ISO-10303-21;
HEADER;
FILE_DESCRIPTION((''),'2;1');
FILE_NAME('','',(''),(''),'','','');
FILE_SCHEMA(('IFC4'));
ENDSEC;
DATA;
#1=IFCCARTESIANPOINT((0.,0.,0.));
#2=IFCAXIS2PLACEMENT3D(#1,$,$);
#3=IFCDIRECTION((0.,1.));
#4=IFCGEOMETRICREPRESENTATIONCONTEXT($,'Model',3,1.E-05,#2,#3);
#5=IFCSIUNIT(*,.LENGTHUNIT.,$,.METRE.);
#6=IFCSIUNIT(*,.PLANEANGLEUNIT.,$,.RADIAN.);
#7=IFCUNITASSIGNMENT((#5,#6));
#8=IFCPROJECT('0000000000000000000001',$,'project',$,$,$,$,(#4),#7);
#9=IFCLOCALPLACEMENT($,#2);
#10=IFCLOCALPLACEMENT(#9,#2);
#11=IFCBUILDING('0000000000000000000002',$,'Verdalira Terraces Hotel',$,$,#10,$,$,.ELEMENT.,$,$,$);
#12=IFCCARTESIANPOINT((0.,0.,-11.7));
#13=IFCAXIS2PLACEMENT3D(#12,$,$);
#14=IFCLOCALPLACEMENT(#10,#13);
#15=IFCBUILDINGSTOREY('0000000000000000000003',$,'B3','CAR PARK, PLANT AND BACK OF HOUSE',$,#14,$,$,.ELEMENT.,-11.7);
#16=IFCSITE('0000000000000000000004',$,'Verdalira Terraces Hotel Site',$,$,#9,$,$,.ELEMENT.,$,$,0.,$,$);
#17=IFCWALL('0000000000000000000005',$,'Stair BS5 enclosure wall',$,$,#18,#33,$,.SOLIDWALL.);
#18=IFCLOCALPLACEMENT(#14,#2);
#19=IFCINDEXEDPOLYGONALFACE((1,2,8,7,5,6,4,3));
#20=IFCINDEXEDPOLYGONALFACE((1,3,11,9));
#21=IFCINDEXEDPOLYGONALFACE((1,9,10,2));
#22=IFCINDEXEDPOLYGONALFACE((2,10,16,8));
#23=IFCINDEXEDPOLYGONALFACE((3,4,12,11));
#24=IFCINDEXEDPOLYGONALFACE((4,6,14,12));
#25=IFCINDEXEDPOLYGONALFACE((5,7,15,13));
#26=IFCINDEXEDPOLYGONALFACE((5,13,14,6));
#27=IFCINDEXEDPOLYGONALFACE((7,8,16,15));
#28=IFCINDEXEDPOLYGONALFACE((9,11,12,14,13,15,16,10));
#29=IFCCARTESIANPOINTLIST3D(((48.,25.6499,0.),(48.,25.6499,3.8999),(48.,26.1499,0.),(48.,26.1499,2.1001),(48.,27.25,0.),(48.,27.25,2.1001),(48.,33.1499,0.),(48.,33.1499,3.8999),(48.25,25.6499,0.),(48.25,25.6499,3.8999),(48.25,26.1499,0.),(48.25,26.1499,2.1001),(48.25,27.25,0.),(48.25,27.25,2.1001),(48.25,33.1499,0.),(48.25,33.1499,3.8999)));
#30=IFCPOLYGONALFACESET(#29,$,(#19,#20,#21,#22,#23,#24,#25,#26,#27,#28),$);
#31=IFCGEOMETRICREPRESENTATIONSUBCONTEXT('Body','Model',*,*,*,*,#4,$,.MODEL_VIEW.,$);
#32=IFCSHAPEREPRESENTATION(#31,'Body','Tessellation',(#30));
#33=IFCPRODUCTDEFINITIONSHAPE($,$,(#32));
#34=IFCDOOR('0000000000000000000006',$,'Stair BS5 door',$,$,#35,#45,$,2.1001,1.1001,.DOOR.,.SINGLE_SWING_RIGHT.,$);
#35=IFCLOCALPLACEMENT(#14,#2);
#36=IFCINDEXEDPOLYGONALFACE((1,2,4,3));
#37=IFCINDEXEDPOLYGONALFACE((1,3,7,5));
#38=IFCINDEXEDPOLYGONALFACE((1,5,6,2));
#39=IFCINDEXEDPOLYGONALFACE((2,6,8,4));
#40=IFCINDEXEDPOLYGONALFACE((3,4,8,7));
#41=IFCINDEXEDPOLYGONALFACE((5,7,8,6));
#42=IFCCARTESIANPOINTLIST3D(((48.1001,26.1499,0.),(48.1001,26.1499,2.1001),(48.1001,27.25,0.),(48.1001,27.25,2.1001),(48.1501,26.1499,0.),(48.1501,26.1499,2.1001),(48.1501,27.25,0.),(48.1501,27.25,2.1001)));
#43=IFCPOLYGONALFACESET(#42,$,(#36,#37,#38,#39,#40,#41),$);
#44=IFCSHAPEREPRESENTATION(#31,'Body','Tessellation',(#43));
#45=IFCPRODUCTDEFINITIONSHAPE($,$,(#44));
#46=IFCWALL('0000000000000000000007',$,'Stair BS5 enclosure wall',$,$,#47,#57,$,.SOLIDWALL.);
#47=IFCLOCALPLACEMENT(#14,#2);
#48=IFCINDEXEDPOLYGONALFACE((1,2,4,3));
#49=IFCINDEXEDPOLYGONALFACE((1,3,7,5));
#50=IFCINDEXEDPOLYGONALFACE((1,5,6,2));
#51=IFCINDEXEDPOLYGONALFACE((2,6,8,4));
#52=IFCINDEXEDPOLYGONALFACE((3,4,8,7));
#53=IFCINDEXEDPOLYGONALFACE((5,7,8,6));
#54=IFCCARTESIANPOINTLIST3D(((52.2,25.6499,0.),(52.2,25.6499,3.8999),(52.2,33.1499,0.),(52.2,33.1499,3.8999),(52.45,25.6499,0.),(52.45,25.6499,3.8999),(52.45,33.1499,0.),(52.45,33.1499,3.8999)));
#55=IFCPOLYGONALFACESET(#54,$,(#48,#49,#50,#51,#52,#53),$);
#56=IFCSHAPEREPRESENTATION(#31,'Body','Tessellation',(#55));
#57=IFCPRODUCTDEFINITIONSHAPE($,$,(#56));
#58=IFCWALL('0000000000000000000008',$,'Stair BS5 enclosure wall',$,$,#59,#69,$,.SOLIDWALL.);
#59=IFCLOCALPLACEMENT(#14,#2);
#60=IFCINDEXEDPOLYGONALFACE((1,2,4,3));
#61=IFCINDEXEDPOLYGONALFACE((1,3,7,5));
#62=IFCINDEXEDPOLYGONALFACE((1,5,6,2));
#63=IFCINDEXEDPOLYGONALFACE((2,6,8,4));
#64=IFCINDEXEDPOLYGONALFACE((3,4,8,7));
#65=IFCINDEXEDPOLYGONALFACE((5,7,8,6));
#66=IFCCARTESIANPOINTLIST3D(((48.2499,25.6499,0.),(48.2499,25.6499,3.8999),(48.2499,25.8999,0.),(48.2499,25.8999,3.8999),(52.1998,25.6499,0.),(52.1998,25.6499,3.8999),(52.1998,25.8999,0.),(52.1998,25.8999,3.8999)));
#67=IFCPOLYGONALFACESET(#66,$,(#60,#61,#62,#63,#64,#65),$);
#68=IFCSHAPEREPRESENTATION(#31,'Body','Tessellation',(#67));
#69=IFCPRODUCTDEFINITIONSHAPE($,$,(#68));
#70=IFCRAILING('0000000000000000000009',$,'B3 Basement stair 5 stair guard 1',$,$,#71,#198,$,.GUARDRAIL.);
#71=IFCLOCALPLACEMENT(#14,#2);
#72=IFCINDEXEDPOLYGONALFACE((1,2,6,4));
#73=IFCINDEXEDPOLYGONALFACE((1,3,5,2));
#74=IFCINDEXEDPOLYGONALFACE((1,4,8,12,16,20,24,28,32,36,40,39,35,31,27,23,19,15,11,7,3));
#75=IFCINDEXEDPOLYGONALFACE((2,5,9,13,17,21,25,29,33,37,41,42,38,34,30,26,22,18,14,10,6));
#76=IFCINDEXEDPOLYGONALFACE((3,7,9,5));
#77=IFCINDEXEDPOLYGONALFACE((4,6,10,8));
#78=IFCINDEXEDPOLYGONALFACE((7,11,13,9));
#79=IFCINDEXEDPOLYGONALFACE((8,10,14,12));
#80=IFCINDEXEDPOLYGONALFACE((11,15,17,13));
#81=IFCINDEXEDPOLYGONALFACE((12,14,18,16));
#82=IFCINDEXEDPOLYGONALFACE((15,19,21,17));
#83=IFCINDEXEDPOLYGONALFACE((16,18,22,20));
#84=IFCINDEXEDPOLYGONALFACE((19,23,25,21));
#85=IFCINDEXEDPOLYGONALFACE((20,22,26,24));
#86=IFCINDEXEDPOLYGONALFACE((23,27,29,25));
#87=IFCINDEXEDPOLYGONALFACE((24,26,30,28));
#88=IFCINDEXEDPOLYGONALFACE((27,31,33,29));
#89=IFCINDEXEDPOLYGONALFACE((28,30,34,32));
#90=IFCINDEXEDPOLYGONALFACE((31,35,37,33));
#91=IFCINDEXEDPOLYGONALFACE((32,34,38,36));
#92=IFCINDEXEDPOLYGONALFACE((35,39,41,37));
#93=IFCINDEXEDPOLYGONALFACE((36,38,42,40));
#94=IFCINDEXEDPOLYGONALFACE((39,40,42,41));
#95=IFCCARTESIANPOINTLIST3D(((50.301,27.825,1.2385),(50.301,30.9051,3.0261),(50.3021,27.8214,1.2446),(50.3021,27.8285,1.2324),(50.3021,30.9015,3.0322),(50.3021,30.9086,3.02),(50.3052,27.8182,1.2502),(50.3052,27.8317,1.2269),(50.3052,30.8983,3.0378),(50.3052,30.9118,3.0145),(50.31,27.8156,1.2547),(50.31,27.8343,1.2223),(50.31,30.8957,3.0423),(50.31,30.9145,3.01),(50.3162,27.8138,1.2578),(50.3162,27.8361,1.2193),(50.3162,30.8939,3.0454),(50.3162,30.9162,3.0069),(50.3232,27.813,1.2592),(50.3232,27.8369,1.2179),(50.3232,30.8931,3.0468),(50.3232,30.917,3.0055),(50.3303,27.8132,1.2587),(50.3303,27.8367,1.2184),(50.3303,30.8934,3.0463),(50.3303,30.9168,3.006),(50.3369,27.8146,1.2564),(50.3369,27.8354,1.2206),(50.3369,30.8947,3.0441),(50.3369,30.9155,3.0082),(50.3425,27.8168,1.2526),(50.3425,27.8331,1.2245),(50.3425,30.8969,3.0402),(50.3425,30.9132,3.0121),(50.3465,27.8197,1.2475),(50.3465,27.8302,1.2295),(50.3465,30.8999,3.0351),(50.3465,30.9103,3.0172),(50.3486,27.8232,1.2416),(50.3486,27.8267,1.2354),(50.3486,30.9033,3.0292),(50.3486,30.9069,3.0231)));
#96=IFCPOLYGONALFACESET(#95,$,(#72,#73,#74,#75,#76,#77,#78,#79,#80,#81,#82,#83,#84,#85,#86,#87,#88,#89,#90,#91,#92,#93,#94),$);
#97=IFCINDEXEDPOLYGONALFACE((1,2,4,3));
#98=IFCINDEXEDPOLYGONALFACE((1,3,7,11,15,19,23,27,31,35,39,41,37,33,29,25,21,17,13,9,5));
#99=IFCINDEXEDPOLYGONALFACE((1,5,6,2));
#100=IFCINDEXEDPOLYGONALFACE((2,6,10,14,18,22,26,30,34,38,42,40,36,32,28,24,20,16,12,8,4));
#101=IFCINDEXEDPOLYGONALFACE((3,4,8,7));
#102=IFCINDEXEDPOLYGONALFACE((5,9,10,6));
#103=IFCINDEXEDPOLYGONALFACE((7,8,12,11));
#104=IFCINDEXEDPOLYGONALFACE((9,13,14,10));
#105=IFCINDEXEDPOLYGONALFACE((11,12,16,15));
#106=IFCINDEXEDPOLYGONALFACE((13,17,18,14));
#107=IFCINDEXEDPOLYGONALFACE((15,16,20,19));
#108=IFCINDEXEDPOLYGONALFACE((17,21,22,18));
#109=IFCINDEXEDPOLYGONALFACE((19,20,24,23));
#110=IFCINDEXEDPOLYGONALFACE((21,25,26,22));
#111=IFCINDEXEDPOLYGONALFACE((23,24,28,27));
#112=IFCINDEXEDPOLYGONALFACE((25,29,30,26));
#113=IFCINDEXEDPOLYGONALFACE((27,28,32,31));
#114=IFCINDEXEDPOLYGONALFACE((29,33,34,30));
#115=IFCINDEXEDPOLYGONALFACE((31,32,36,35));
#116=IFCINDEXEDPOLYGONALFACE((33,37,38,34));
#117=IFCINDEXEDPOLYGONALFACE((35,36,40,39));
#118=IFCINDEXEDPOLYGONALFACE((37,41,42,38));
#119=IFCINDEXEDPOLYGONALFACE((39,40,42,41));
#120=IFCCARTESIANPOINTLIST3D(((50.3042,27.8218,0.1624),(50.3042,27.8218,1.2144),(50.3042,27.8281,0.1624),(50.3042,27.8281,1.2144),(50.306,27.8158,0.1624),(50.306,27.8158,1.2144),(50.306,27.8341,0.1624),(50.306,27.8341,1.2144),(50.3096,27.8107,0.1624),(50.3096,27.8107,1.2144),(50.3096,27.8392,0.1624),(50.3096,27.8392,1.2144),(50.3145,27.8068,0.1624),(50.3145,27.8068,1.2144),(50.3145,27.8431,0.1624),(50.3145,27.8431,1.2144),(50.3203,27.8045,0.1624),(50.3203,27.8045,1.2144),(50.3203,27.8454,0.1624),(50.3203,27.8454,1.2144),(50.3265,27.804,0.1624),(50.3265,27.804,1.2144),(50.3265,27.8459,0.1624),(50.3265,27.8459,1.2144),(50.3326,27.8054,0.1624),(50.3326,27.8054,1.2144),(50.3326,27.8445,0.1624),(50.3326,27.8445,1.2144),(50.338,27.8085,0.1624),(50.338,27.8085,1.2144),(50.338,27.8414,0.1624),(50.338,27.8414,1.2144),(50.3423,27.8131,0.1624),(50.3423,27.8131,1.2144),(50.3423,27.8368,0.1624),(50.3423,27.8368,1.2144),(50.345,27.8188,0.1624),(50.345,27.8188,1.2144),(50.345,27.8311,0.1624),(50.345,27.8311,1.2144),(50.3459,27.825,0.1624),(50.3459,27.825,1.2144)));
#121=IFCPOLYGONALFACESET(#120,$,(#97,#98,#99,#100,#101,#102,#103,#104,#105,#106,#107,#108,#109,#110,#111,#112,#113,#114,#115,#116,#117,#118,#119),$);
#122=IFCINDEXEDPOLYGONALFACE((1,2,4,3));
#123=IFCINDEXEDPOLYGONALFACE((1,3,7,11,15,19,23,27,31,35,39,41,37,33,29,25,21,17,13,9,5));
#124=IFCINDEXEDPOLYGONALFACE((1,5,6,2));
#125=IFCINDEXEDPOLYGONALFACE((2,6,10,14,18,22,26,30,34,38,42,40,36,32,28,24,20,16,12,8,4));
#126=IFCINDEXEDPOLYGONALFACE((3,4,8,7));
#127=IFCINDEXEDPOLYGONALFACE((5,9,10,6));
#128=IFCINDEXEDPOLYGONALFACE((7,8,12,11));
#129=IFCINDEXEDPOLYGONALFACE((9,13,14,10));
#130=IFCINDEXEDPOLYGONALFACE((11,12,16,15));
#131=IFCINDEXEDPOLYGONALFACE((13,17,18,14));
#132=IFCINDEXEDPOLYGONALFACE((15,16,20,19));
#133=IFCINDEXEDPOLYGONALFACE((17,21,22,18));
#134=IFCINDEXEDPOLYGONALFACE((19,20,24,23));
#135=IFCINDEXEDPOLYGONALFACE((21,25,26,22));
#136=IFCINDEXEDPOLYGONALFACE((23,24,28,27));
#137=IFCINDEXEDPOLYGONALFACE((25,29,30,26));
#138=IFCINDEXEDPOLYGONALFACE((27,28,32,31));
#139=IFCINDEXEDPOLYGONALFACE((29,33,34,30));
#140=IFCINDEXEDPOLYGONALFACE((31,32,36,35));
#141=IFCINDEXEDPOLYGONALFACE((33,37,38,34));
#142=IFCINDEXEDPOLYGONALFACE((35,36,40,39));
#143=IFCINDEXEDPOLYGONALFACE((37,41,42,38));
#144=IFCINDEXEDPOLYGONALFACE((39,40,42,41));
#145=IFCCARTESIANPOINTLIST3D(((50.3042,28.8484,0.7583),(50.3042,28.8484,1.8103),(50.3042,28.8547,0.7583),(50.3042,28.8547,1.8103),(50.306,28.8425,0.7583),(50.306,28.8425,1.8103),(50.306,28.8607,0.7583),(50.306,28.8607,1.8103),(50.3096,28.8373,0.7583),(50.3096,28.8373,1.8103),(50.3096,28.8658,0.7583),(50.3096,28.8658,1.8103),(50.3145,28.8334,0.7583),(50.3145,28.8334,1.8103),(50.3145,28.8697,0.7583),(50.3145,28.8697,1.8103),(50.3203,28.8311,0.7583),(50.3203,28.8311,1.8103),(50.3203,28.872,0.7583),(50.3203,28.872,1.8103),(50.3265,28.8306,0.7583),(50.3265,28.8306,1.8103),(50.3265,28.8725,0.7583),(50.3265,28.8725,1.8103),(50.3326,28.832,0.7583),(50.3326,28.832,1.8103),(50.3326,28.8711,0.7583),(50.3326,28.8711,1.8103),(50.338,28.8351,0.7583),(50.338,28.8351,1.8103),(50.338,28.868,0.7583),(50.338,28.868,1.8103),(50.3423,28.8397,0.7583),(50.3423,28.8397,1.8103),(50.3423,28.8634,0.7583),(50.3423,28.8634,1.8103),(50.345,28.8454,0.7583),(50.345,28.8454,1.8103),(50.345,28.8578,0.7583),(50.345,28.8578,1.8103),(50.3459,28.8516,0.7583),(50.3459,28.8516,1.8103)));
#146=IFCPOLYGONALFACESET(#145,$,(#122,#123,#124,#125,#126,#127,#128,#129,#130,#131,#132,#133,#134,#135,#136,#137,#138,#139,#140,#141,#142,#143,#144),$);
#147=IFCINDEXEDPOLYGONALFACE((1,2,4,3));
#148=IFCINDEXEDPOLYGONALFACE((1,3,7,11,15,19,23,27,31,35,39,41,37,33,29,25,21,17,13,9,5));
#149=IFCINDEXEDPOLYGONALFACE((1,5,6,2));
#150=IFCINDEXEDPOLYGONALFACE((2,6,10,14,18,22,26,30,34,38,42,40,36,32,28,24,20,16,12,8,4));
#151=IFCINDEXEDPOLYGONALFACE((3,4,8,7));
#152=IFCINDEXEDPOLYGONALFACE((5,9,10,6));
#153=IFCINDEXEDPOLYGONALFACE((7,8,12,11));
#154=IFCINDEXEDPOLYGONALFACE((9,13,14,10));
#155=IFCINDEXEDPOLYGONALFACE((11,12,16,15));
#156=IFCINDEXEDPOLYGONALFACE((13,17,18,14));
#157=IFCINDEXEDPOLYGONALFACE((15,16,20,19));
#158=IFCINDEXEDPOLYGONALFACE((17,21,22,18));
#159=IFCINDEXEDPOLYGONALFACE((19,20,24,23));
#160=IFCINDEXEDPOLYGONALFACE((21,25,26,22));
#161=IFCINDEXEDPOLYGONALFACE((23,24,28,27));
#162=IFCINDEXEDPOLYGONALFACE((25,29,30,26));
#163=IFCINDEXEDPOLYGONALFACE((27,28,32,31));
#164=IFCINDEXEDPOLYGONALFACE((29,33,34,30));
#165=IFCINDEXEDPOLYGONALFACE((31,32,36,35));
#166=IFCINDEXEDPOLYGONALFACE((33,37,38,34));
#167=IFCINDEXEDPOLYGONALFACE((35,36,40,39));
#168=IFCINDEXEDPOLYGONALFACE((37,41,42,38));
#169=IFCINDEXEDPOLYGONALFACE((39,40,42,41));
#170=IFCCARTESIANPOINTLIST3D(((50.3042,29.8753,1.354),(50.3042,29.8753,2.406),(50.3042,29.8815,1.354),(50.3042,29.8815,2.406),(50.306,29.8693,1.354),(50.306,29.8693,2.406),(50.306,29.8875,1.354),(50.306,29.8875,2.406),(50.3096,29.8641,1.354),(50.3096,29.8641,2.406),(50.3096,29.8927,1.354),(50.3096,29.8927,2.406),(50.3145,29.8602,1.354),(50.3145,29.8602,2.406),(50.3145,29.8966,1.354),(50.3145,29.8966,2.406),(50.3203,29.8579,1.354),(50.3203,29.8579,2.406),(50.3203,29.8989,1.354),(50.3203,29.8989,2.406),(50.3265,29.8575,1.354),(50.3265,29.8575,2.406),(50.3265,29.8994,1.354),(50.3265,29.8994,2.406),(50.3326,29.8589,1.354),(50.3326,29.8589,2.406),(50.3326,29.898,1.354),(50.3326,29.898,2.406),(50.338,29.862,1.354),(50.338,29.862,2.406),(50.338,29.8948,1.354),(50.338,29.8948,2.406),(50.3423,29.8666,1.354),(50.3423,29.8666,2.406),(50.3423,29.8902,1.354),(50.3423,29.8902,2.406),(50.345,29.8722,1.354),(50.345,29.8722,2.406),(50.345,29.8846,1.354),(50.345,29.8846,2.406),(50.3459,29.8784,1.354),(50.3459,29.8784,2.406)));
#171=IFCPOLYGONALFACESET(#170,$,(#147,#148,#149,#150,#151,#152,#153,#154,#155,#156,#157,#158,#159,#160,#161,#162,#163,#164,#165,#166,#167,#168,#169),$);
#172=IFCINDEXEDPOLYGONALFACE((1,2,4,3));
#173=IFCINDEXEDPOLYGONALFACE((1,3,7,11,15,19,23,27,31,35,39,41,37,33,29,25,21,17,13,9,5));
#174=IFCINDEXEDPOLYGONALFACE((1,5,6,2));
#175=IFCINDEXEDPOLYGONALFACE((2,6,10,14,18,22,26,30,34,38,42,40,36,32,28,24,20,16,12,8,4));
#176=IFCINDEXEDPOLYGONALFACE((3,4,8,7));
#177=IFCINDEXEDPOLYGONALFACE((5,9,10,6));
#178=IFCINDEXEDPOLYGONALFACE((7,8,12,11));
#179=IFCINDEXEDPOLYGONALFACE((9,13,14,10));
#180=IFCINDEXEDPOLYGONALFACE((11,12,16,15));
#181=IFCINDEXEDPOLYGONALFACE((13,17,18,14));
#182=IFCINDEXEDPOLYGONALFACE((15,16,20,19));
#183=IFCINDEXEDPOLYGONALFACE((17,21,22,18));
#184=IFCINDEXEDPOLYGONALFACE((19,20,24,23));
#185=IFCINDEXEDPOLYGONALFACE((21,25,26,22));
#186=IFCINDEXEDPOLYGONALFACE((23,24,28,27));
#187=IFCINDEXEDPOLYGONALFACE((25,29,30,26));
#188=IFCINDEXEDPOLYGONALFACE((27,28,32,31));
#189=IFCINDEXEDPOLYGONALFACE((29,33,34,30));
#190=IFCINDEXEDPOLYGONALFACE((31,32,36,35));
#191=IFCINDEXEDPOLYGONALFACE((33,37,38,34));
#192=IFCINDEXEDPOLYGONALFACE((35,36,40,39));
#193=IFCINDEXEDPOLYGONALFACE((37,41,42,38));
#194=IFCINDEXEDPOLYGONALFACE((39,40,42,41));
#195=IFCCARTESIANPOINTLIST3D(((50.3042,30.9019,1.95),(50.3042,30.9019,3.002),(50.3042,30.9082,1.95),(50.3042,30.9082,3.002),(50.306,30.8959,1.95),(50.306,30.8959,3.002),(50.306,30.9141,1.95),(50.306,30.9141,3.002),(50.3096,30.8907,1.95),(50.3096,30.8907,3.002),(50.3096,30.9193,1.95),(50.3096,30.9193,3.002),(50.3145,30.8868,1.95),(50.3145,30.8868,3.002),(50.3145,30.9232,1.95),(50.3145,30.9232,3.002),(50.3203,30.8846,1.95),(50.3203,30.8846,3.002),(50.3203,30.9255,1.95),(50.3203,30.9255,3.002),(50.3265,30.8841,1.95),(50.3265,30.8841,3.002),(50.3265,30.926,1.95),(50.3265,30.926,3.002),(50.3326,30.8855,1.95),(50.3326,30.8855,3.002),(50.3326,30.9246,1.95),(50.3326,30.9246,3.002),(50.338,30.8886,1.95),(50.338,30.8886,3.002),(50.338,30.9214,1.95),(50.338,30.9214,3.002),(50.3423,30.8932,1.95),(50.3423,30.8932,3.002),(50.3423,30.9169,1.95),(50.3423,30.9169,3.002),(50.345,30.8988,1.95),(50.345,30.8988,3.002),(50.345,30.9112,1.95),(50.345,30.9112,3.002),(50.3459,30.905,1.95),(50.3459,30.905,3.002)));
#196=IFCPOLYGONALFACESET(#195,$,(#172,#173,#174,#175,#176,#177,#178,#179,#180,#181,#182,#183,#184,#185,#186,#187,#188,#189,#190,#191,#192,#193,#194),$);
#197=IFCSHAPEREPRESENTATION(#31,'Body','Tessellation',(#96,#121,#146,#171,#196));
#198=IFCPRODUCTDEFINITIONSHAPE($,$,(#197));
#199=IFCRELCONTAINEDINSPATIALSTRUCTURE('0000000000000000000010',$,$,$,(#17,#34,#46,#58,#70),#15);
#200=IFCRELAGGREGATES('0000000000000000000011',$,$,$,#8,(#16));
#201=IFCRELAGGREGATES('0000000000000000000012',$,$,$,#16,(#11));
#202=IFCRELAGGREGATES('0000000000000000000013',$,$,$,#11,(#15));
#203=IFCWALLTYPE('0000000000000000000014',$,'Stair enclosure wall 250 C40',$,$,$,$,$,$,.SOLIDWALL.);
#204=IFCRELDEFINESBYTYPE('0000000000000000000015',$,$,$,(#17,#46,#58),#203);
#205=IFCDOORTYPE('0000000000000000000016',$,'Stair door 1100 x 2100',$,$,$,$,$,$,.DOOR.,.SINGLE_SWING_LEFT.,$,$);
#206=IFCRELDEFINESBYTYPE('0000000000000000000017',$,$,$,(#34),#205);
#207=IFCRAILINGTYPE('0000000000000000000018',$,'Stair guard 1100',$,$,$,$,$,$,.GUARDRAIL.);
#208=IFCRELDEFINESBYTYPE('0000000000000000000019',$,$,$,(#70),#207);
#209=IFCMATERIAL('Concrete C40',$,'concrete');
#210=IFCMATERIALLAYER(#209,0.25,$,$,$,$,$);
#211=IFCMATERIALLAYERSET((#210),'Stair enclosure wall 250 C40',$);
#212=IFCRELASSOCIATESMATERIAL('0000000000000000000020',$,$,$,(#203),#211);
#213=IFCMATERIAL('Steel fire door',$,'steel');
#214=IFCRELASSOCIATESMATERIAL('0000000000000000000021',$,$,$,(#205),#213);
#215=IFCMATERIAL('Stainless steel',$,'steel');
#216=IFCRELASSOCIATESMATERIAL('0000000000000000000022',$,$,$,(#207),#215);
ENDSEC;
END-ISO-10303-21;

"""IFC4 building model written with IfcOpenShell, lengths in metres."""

from ifc_helpers import new_model, si_unit, direction, frame, frame_2d, origin, origin_2d, place, context, subcontext, project, spatial, rectangle, circle, extrude, material, layer, layer_set, type_object, element, fill, save


model = new_model("IFC4")

# Units and contexts
model_context = context("Model", 3, precision=1e-05, world=origin(), true_north=direction((0.0, 1.0)))
body_context = subcontext(model_context, "Body", "Model", "MODEL_VIEW")
ifc_project = project(units=[si_unit("LENGTHUNIT", "METRE"), si_unit("PLANEANGLEUNIT", "RADIAN")], contexts=[model_context])

# Site, building, storey
site_placement = place(None, origin())
site = spatial("IfcSite", under=ifc_project, at=site_placement, Name="Verdalira Terraces Hotel Site", CompositionType="ELEMENT", RefElevation=0.0)
building_placement = place(site_placement, origin())
building = spatial("IfcBuilding", under=site, at=building_placement, Name="Verdalira Terraces Hotel", CompositionType="ELEMENT")
storey_placement = place(building_placement, frame((0.0, 0.0, -11.7)))
storey = spatial("IfcBuildingStorey", under=building, at=storey_placement, Name="B3", Description="CAR PARK, PLANT AND BACK OF HOUSE", CompositionType="ELEMENT", Elevation=-11.7)

# Wall, opening, door
ifc_material_1 = material(Name="Concrete C40", Category="concrete")
ifc_layer_1 = layer(ifc_material_1, 0.25)
ifc_layer_set_1 = layer_set([ifc_layer_1], Name="Stair enclosure wall 250 C40")
wall_type_1 = type_object("IfcWallType", Name="Stair enclosure wall 250 C40", PredefinedType="SOLIDWALL", material=ifc_layer_set_1)
wall_1_placement = place(storey_placement, frame((48.125, 25.6499, 0.0), z_axis=(0.0, 0.0, 1.0), x_axis=(0.0, 1.0, 0.0)))
wall_1 = element("IfcWall", 1, at=wall_1_placement, inside=storey, type_object=wall_type_1, Name="Stair BS5 enclosure wall", PredefinedType="SOLIDWALL", context=body_context, shape_type="SweptSolid", body=[
    extrude(rectangle(XDim=7.5, YDim=0.25, at=frame_2d((3.75, 0.0))), origin(), (0.0, 0.0, 1.0), 3.8999),
])
opening_1_placement = place(wall_1_placement, frame((0.5, 0.0, 0.0)))
opening_1 = element("IfcOpeningElement", 2, at=opening_1_placement, cuts=wall_1, PredefinedType="OPENING", context=body_context, shape_type="SweptSolid", body=[
    extrude(rectangle(XDim=1.1001, YDim=2.1001, at=frame_2d((0.55, 1.05))), frame((0.0, 0.135, 0.0), z_axis=(0.0, -1.0, 0.0), x_axis=(1.0, 0.0, 0.0)), (0.0, 0.0, 1.0), 0.27),
])
ifc_material_2 = material(Name="Steel fire door", Category="steel")
door_type_1 = type_object("IfcDoorType", Name="Stair door 1100 x 2100", OperationType="SINGLE_SWING_LEFT", PredefinedType="DOOR", material=ifc_material_2)
door_1_placement = place(opening_1_placement, origin())
door_1 = element("IfcDoor", 3, at=door_1_placement, inside=storey, type_object=door_type_1, Name="Stair BS5 door", OperationType="SINGLE_SWING_RIGHT", OverallHeight=2.1001, OverallWidth=1.1001, PredefinedType="DOOR", context=body_context, shape_type="SweptSolid", body=[
    extrude(rectangle(XDim=1.1001, YDim=2.1001, at=frame_2d((0.55, 1.05))), frame((0.0, 0.0249, 0.0), z_axis=(0.0, -1.0, 0.0), x_axis=(1.0, 0.0, 0.0)), (0.0, 0.0, 1.0), 0.05),
])
fill(opening_1, door_1)

# Walls
wall_2_placement = place(storey_placement, frame((52.325, 25.6499, 0.0), z_axis=(0.0, 0.0, 1.0), x_axis=(0.0, 1.0, 0.0)))
element("IfcWall", 4, at=wall_2_placement, inside=storey, type_object=wall_type_1, Name="Stair BS5 enclosure wall", PredefinedType="SOLIDWALL", context=body_context, shape_type="SweptSolid", body=[
    extrude(rectangle(XDim=7.5, YDim=0.25, at=frame_2d((3.75, 0.0))), origin(), (0.0, 0.0, 1.0), 3.8999),
])
wall_3_placement = place(storey_placement, frame((52.2, 25.7749, 0.0), z_axis=(0.0, 0.0, 1.0), x_axis=(-1.0, 0.0, 0.0)))
element("IfcWall", 5, at=wall_3_placement, inside=storey, type_object=wall_type_1, Name="Stair BS5 enclosure wall", PredefinedType="SOLIDWALL", context=body_context, shape_type="SweptSolid", body=[
    extrude(rectangle(XDim=3.95, YDim=0.25, at=frame_2d((1.9751, 0.0))), origin(), (0.0, 0.0, 1.0), 3.8999),
])

# Railing
ifc_material_3 = material(Name="Stainless steel", Category="steel")
railing_type_1 = type_object("IfcRailingType", Name="Stair guard 1100", PredefinedType="GUARDRAIL", material=ifc_material_3)
railing_1_placement = place(storey_placement, frame((50.325, 27.825, 0.1624)))
element("IfcRailing", 6, at=railing_1_placement, inside=storey, type_object=railing_type_1, Name="B3 Basement stair 5 stair guard 1", PredefinedType="GUARDRAIL", context=body_context, shape_type="SweptSolid", body=[
    extrude(circle(Radius=0.0239, at=origin_2d()), frame((0.0, 0.0, 1.0762), z_axis=(0.0, 0.864891, 0.50196), x_axis=(-1.0, 0.0, 0.0)), (0.0, 0.0, 1.0), 3.5613),
    extrude(circle(Radius=0.021, at=origin_2d()), origin(), (0.0, 0.0, 1.0), 1.052),
    extrude(circle(Radius=0.021, at=origin_2d()), frame((0.0, 1.0266, 0.5959)), (0.0, 0.0, 1.0), 1.052),
    extrude(circle(Radius=0.021, at=origin_2d()), frame((0.0, 2.0535, 1.1917)), (0.0, 0.0, 1.0), 1.052),
    extrude(circle(Radius=0.021, at=origin_2d()), frame((0.0, 3.0801, 1.7876)), (0.0, 0.0, 1.0), 1.052),
])

save(model, "model.ifc")
